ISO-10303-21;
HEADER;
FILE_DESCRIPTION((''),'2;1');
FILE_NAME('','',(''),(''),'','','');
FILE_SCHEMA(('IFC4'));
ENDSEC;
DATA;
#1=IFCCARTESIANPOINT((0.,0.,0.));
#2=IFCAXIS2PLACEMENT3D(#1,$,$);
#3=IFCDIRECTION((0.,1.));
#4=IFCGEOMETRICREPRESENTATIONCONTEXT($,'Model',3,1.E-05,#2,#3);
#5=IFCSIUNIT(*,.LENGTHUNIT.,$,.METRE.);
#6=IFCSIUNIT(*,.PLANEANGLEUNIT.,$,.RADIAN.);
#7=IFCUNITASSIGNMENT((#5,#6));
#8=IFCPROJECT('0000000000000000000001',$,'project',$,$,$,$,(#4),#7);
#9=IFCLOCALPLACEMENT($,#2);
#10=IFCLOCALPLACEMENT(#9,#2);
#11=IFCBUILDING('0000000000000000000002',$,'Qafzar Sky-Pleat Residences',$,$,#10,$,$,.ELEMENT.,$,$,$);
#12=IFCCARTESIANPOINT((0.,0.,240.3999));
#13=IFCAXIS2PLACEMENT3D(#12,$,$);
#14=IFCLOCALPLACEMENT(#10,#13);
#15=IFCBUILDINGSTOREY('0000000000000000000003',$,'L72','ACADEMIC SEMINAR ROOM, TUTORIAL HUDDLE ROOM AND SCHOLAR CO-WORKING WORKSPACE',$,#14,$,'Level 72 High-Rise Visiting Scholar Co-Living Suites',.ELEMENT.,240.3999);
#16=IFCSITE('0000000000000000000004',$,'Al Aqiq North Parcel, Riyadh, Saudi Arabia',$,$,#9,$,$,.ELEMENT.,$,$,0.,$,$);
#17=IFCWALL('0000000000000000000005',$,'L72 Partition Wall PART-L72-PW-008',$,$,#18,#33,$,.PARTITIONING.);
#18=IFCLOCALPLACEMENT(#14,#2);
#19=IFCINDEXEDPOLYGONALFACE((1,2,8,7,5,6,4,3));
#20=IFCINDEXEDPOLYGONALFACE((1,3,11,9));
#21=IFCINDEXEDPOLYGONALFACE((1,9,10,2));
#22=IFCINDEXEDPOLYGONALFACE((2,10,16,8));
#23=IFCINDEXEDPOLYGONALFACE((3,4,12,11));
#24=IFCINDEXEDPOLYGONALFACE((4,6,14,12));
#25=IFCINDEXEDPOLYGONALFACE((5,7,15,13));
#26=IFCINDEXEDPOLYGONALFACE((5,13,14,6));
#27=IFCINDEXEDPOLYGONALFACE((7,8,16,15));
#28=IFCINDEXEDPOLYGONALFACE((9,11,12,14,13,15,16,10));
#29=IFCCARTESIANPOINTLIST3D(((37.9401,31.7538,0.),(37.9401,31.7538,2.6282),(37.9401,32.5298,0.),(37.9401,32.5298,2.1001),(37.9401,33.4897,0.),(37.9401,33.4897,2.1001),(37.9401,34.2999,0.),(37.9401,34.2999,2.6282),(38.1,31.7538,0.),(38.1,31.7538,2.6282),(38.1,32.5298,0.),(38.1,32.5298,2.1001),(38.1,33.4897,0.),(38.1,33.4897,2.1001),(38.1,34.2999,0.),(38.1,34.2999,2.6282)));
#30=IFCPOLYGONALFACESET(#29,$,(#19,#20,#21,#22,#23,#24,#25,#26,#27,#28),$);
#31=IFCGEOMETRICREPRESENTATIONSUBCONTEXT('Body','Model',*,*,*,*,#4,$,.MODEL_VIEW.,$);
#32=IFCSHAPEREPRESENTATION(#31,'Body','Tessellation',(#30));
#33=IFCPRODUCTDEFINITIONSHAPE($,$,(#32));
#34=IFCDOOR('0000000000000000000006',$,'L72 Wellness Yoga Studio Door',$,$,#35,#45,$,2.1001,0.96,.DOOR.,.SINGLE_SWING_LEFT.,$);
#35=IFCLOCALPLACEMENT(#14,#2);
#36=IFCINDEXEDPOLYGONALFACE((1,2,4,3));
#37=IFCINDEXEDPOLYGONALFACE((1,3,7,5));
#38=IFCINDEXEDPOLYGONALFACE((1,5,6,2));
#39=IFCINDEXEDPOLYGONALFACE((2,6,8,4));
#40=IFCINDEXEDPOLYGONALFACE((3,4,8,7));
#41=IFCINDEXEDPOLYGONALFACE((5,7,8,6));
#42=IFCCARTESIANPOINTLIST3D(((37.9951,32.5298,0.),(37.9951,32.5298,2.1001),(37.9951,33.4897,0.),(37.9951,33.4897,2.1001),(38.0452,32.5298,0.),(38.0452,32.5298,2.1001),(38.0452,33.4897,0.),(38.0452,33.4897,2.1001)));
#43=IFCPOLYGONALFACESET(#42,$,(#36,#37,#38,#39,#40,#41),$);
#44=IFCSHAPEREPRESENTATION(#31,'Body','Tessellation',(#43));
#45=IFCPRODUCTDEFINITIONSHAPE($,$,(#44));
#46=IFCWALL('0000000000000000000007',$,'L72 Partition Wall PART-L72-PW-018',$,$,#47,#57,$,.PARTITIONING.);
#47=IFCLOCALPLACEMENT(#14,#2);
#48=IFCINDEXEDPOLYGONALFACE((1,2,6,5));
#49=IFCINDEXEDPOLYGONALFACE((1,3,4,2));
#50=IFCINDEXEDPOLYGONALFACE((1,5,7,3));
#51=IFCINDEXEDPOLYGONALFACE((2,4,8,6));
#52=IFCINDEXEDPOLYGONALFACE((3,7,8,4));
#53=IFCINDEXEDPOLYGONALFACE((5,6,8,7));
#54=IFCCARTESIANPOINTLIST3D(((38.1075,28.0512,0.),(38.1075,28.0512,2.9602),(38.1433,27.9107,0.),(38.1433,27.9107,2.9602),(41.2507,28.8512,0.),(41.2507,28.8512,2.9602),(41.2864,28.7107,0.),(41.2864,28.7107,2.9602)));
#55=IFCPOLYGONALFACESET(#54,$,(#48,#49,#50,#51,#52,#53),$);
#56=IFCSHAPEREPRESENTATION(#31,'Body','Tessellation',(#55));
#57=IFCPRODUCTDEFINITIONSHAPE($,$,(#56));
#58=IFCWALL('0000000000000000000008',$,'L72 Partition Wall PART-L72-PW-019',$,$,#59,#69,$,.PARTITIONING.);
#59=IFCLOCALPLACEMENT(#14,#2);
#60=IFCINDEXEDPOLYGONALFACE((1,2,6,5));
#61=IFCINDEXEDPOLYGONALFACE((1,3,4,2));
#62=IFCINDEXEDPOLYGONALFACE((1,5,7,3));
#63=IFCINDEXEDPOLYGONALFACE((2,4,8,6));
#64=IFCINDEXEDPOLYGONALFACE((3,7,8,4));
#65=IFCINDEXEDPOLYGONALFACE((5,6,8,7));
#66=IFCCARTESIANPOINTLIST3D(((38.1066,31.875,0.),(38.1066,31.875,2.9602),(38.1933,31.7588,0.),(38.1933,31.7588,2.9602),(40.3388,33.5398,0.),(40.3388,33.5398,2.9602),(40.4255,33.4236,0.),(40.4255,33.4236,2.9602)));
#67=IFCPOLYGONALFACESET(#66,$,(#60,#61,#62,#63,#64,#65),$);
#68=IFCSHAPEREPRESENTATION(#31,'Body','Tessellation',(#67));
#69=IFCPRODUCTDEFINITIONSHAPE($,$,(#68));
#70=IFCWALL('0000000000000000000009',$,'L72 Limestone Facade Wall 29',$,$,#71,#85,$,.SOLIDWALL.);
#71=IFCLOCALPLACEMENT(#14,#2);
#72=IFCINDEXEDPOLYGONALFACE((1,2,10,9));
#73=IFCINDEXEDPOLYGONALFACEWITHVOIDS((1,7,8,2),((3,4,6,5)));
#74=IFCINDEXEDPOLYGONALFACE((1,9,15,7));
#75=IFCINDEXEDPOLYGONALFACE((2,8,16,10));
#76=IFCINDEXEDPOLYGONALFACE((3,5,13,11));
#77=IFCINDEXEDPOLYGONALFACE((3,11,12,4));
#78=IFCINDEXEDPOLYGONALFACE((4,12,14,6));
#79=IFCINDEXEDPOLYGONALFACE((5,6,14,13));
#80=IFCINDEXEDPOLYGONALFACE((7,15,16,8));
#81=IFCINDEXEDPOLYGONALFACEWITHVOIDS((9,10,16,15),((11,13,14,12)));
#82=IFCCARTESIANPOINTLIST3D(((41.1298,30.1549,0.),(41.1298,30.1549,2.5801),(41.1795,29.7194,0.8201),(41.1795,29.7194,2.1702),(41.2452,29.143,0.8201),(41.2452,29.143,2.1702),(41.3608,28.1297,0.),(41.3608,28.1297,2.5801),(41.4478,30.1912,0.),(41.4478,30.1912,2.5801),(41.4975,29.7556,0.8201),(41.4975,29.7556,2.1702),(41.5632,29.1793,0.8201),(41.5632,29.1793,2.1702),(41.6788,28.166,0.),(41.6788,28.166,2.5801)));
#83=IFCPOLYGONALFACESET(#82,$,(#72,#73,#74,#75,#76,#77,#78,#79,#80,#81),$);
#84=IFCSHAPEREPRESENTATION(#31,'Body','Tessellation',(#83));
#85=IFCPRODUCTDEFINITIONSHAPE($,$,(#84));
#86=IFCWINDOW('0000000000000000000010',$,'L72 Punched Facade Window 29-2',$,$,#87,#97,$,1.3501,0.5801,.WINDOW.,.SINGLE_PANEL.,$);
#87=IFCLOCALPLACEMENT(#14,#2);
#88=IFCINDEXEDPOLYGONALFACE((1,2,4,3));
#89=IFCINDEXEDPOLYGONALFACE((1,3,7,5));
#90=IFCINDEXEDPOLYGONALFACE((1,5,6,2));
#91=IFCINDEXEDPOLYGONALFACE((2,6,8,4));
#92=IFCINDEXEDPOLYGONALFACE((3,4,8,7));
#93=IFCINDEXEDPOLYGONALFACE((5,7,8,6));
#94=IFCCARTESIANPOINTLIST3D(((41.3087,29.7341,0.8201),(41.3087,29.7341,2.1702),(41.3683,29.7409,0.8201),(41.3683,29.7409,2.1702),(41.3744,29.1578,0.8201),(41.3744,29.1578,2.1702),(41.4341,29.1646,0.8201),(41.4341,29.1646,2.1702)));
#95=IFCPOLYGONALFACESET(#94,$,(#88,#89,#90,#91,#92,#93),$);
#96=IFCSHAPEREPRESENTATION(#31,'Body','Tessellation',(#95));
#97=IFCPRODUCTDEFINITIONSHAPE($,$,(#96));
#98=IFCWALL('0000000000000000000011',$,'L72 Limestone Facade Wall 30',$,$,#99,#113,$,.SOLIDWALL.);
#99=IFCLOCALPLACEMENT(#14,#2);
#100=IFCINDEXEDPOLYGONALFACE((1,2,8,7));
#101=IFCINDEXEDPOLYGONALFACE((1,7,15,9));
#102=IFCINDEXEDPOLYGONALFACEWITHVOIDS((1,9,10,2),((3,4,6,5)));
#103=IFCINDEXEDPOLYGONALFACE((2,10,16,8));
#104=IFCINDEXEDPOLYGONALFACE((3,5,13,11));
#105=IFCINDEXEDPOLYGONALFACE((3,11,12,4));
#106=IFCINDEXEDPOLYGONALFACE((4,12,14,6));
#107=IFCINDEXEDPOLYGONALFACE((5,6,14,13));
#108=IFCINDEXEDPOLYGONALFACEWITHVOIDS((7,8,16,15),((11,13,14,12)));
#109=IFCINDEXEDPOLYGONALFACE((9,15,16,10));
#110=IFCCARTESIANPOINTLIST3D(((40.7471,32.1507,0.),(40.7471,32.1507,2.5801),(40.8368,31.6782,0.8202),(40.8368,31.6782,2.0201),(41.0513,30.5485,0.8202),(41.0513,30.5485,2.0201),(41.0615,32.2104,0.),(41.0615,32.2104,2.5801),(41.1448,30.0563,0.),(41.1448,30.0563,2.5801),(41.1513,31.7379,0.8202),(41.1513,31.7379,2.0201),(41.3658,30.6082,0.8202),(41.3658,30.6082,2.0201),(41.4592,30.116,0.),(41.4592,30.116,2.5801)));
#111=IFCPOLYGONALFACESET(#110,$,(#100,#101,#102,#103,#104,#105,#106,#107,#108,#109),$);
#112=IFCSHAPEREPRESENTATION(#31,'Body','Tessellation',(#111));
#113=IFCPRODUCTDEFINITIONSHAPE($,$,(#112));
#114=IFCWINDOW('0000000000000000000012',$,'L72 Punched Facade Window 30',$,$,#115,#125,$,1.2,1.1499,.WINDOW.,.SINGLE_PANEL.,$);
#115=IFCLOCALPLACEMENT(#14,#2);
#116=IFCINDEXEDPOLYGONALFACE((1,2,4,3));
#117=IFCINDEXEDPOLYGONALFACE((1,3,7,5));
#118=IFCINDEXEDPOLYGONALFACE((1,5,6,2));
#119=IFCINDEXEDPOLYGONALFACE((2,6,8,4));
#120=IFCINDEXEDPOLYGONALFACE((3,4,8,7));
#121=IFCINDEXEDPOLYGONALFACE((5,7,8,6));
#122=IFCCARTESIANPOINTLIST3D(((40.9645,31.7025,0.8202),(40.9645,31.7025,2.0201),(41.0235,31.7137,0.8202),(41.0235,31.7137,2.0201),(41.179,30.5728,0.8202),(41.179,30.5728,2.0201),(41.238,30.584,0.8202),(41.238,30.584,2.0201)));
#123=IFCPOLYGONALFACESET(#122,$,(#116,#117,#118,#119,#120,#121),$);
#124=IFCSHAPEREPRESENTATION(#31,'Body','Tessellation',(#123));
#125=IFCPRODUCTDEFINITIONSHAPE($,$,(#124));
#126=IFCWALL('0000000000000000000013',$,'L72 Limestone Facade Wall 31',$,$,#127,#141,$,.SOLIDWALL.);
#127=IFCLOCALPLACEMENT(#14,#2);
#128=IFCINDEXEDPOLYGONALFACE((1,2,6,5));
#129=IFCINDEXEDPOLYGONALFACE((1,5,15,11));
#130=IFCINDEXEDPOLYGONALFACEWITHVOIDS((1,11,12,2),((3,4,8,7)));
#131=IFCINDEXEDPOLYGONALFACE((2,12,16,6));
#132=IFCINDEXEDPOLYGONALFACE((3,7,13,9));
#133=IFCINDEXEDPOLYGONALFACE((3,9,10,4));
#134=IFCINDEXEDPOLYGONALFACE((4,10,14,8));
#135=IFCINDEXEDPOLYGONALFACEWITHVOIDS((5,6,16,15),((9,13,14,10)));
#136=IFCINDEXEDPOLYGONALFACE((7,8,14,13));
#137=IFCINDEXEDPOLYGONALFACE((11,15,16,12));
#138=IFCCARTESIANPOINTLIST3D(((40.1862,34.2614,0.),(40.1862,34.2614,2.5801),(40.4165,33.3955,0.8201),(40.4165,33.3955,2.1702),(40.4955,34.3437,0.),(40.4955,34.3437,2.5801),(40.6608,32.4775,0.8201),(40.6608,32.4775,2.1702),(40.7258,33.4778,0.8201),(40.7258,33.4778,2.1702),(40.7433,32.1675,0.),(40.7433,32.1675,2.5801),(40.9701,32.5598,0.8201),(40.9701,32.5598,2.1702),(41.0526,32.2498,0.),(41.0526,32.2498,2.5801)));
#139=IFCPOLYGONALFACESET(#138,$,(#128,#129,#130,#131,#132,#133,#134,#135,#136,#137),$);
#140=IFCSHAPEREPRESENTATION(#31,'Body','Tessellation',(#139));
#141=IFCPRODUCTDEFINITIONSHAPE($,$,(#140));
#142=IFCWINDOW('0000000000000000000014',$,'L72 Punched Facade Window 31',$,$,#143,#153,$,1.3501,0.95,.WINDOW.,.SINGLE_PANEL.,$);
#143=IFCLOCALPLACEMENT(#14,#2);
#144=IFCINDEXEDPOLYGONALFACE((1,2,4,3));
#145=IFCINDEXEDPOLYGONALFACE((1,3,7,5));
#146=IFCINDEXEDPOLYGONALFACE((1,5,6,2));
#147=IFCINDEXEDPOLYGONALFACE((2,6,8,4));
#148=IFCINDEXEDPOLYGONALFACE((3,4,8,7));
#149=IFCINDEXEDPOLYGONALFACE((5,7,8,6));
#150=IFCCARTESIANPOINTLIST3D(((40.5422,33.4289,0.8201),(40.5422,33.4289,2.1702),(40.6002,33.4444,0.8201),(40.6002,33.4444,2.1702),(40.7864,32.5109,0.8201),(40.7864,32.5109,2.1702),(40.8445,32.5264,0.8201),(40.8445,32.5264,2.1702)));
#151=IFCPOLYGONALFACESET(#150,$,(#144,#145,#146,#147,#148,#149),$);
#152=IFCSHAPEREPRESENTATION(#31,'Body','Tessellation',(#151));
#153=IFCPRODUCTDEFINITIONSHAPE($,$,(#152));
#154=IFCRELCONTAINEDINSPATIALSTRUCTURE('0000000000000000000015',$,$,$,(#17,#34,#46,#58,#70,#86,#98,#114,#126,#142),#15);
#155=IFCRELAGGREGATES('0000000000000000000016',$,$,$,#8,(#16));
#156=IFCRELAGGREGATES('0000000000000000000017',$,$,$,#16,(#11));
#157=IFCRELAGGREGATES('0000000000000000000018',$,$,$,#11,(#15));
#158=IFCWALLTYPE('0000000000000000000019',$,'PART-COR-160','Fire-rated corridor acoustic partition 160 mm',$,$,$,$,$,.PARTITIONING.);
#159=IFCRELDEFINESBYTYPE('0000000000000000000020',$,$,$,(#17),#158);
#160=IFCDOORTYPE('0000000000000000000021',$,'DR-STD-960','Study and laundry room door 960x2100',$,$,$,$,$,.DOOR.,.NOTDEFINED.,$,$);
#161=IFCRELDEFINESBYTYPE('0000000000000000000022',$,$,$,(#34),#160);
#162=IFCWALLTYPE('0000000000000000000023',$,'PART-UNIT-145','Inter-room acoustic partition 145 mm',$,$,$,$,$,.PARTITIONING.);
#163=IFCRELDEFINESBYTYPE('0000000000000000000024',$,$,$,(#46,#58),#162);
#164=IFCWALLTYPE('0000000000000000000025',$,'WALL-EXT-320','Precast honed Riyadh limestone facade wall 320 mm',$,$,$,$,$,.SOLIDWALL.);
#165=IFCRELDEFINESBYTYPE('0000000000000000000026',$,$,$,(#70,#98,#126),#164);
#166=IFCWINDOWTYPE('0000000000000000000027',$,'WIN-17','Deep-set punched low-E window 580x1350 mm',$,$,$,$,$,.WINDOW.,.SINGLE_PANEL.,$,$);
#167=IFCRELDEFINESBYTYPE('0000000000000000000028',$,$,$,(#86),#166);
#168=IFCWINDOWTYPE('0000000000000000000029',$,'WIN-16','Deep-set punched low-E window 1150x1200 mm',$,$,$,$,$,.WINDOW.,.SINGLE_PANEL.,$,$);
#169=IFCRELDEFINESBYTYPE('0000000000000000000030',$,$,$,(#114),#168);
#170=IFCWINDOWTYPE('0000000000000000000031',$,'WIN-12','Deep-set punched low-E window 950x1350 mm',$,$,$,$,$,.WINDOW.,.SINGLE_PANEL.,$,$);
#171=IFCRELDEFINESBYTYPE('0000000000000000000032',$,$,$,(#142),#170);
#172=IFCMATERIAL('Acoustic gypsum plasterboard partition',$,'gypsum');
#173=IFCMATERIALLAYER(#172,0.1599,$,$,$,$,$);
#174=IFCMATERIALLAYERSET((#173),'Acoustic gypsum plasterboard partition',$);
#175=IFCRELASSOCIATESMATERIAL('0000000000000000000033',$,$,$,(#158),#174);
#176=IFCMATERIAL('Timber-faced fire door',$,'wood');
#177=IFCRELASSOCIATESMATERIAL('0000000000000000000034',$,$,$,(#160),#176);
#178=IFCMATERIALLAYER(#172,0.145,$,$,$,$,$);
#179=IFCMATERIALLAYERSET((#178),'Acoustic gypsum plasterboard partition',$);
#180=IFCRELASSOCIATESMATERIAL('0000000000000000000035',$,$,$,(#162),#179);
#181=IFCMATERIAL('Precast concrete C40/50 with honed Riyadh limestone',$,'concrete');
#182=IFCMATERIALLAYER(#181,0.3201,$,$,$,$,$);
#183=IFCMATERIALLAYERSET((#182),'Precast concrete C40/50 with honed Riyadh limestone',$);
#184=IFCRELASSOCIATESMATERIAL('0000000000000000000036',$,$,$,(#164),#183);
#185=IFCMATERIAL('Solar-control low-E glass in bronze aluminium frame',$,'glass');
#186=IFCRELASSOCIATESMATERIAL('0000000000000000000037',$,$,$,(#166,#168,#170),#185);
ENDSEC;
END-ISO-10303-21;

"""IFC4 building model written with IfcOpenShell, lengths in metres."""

from ifc_helpers import new_model, si_unit, direction, frame, frame_2d, origin, place, context, subcontext, project, spatial, rectangle, extrude, source, transform, mapped, material, layer, layer_set, type_object, element, fill, save


model = new_model("IFC4")

# Units and contexts
model_context = context("Model", 3, precision=1e-05, world=origin(), true_north=direction((0.0, 1.0)))
body_context = subcontext(model_context, "Body", "Model", "MODEL_VIEW")
ifc_project = project(units=[si_unit("LENGTHUNIT", "METRE"), si_unit("PLANEANGLEUNIT", "RADIAN")], contexts=[model_context])

# Site, building, storey
site_placement = place(None, origin())
site = spatial("IfcSite", under=ifc_project, at=site_placement, Name="Al Aqiq North Parcel, Riyadh, Saudi Arabia", CompositionType="ELEMENT", RefElevation=0.0)
building_placement = place(site_placement, origin())
building = spatial("IfcBuilding", under=site, at=building_placement, Name="Qafzar Sky-Pleat Residences", CompositionType="ELEMENT")
storey_placement = place(building_placement, frame((0.0, 0.0, 240.3999)))
storey = spatial("IfcBuildingStorey", under=building, at=storey_placement, Name="L72", Description="ACADEMIC SEMINAR ROOM, TUTORIAL HUDDLE ROOM AND SCHOLAR CO-WORKING WORKSPACE", LongName="Level 72 High-Rise Visiting Scholar Co-Living Suites", CompositionType="ELEMENT", Elevation=240.3999)

# Wall, opening, door
ifc_material_1 = material(Name="Acoustic gypsum plasterboard partition", Category="gypsum")
ifc_layer_1 = layer(ifc_material_1, 0.1599)
ifc_layer_set_1 = layer_set([ifc_layer_1], Name="Acoustic gypsum plasterboard partition")
wall_type_1 = type_object("IfcWallType", Name="PART-COR-160", Description="Fire-rated corridor acoustic partition 160 mm", PredefinedType="PARTITIONING", material=ifc_layer_set_1)
wall_1_placement = place(storey_placement, frame((38.02, 31.7539, 0.0), z_axis=(0.0, 0.0, 1.0), x_axis=(0.0, 1.0, 0.0)))
wall_1 = element("IfcWall", 1, at=wall_1_placement, inside=storey, type_object=wall_type_1, Name="L72 Partition Wall PART-L72-PW-008", PredefinedType="PARTITIONING", context=body_context, shape_type="SweptSolid", body=[
    extrude(rectangle(XDim=2.5461, YDim=0.1599, at=frame_2d((1.2729, 0.0))), origin(), (0.0, 0.0, 1.0), 2.6282),
])
opening_1_placement = place(wall_1_placement, frame((0.7759, 0.0, 0.0)))
opening_1 = element("IfcOpeningElement", 2, at=opening_1_placement, cuts=wall_1, PredefinedType="OPENING", context=body_context, shape_type="SweptSolid", body=[
    extrude(rectangle(XDim=0.96, YDim=2.1001, at=frame_2d((0.48, 1.05))), frame((0.0, 0.0898, 0.0), z_axis=(0.0, -1.0, 0.0), x_axis=(1.0, 0.0, 0.0)), (0.0, 0.0, 1.0), 0.1799),
])
ifc_material_2 = material(Name="Timber-faced fire door", Category="wood")
door_type = type_object("IfcDoorType", Name="DR-STD-960", Description="Study and laundry room door 960x2100", OperationType="NOTDEFINED", PredefinedType="DOOR", material=ifc_material_2)
shared_shape_1 = source(origin(), body_context, "Body", "SweptSolid", [
    extrude(rectangle(XDim=0.96, YDim=2.1001, at=frame_2d((0.48, 1.05))), frame((0.0, 0.0249, 0.0), z_axis=(0.0, -1.0, 0.0), x_axis=(1.0, 0.0, 0.0)), (0.0, 0.0, 1.0), 0.05),
])
door_placement = place(opening_1_placement, origin())
door = element("IfcDoor", 3, at=door_placement, inside=storey, type_object=door_type, Name="L72 Wellness Yoga Studio Door", OperationType="SINGLE_SWING_LEFT", OverallHeight=2.1001, OverallWidth=0.96, PredefinedType="DOOR", context=body_context, shape_type="MappedRepresentation", body=[
    mapped(shared_shape_1, transform((0.0, 0.0, 0.0), x_axis=(1.0, 0.0, 0.0), y_axis=(0.0, 1.0, 0.0), z_axis=(0.0, 0.0, 1.0), scale=1.0)),
])
fill(opening_1, door)

# Walls
ifc_layer_2 = layer(ifc_material_1, 0.145)
ifc_layer_set_2 = layer_set([ifc_layer_2], Name="Acoustic gypsum plasterboard partition")
wall_type_2 = type_object("IfcWallType", Name="PART-UNIT-145", Description="Inter-room acoustic partition 145 mm", PredefinedType="PARTITIONING", material=ifc_layer_set_2)
wall_2_placement = place(storey_placement, frame((38.1255, 27.981, 0.0), z_axis=(0.0, 0.0, 1.0), x_axis=(0.969102, 0.24666, 0.0)))
element("IfcWall", 4, at=wall_2_placement, inside=storey, type_object=wall_type_2, Name="L72 Partition Wall PART-L72-PW-018", PredefinedType="PARTITIONING", context=body_context, shape_type="SweptSolid", body=[
    extrude(rectangle(XDim=3.2434, YDim=0.145, at=frame_2d((1.6216, 0.0))), origin(), (0.0, 0.0, 1.0), 2.9602),
])
wall_3_placement = place(storey_placement, frame((38.1499, 31.8169, 0.0), z_axis=(0.0, 0.0, 1.0), x_axis=(0.801607, 0.597852, 0.0)))
element("IfcWall", 5, at=wall_3_placement, inside=storey, type_object=wall_type_2, Name="L72 Partition Wall PART-L72-PW-019", PredefinedType="PARTITIONING", context=body_context, shape_type="SweptSolid", body=[
    extrude(rectangle(XDim=2.7847, YDim=0.145, at=frame_2d((1.3923, 0.0))), origin(), (0.0, 0.0, 1.0), 2.9602),
])

# Walls, openings, windows
ifc_material_3 = material(Name="Precast concrete C40/50 with honed Riyadh limestone", Category="concrete")
ifc_layer_3 = layer(ifc_material_3, 0.3201)
ifc_layer_set_3 = layer_set([ifc_layer_3], Name="Precast concrete C40/50 with honed Riyadh limestone")
wall_type_3 = type_object("IfcWallType", Name="WALL-EXT-320", Description="Precast honed Riyadh limestone facade wall 320 mm", PredefinedType="SOLIDWALL", material=ifc_layer_set_3)
wall_4_placement = place(storey_placement, frame((41.5198, 28.1479, 0.0), z_axis=(0.0, 0.0, 1.0), x_axis=(-0.11331, 0.99356, 0.0)))
wall_4 = element("IfcWall", 6, at=wall_4_placement, inside=storey, type_object=wall_type_3, Name="L72 Limestone Facade Wall 29", PredefinedType="SOLIDWALL", context=body_context, shape_type="SweptSolid", body=[
    extrude(rectangle(XDim=2.0383, YDim=0.3201, at=frame_2d((1.019, 0.0))), origin(), (0.0, 0.0, 1.0), 2.5801),
])
opening_2_placement = place(wall_4_placement, frame((1.0198, 0.0, 0.8201)))
opening_2 = element("IfcOpeningElement", 7, at=opening_2_placement, cuts=wall_4, PredefinedType="OPENING", context=body_context, shape_type="SweptSolid", body=[
    extrude(rectangle(XDim=0.5801, YDim=1.3501, at=frame_2d((0.29, 0.675))), frame((0.0, 0.1699, 0.0), z_axis=(0.0, -1.0, 0.0), x_axis=(1.0, 0.0, 0.0)), (0.0, 0.0, 1.0), 0.3401),
])
ifc_material_4 = material(Name="Solar-control low-E glass in bronze aluminium frame", Category="glass")
window_type_1 = type_object("IfcWindowType", Name="WIN-17", Description="Deep-set punched low-E window 580x1350 mm", PartitioningType="SINGLE_PANEL", PredefinedType="WINDOW", material=ifc_material_4)
shared_shape_2 = source(origin(), body_context, "Body", "SweptSolid", [
    extrude(rectangle(XDim=0.5801, YDim=1.3501, at=frame_2d((0.29, 0.675))), frame((0.0, 0.03, 0.0), z_axis=(0.0, -1.0, 0.0), x_axis=(1.0, 0.0, 0.0)), (0.0, 0.0, 1.0), 0.0601),
])
window_1_placement = place(opening_2_placement, origin())
window_1 = element("IfcWindow", 8, at=window_1_placement, inside=storey, type_object=window_type_1, Name="L72 Punched Facade Window 29-2", OverallHeight=1.3501, OverallWidth=0.5801, PartitioningType="SINGLE_PANEL", PredefinedType="WINDOW", context=body_context, shape_type="MappedRepresentation", body=[
    mapped(shared_shape_2, transform((0.0, 0.0, 0.0), x_axis=(1.0, 0.0, 0.0), y_axis=(0.0, 1.0, 0.0), z_axis=(0.0, 0.0, 1.0), scale=1.0)),
])
fill(opening_2, window_1)
wall_5_placement = place(storey_placement, frame((41.302, 30.0862, 0.0), z_axis=(0.0, 0.0, 1.0), x_axis=(-0.186549, 0.982446, 0.0)))
wall_5 = element("IfcWall", 9, at=wall_5_placement, inside=storey, type_object=wall_type_3, Name="L72 Limestone Facade Wall 30", PredefinedType="SOLIDWALL", context=body_context, shape_type="SweptSolid", body=[
    extrude(rectangle(XDim=2.1318, YDim=0.3201, at=frame_2d((1.0659, 0.0))), origin(), (0.0, 0.0, 1.0), 2.5801),
])
opening_3_placement = place(wall_5_placement, frame((0.501, 0.0, 0.8201)))
opening_3 = element("IfcOpeningElement", 10, at=opening_3_placement, cuts=wall_5, PredefinedType="OPENING", context=body_context, shape_type="SweptSolid", body=[
    extrude(rectangle(XDim=1.1499, YDim=1.2, at=frame_2d((0.575, 0.6001))), frame((0.0, 0.1699, 0.0), z_axis=(0.0, -1.0, 0.0), x_axis=(1.0, 0.0, 0.0)), (0.0, 0.0, 1.0), 0.3401),
])
window_type_2 = type_object("IfcWindowType", Name="WIN-16", Description="Deep-set punched low-E window 1150x1200 mm", PartitioningType="SINGLE_PANEL", PredefinedType="WINDOW", material=ifc_material_4)
shared_shape_3 = source(origin(), body_context, "Body", "SweptSolid", [
    extrude(rectangle(XDim=1.1499, YDim=1.2, at=frame_2d((0.575, 0.6001))), frame((0.0, 0.03, 0.0), z_axis=(0.0, -1.0, 0.0), x_axis=(1.0, 0.0, 0.0)), (0.0, 0.0, 1.0), 0.0601),
])
window_2_placement = place(opening_3_placement, origin())
window_2 = element("IfcWindow", 11, at=window_2_placement, inside=storey, type_object=window_type_2, Name="L72 Punched Facade Window 30", OverallHeight=1.2, OverallWidth=1.1499, PartitioningType="SINGLE_PANEL", PredefinedType="WINDOW", context=body_context, shape_type="MappedRepresentation", body=[
    mapped(shared_shape_3, transform((0.0, 0.0, 0.0), x_axis=(1.0, 0.0, 0.0), y_axis=(0.0, 1.0, 0.0), z_axis=(0.0, 0.0, 1.0), scale=1.0)),
])
fill(opening_3, window_2)
wall_6_placement = place(storey_placement, frame((40.8979, 32.2085, 0.0), z_axis=(0.0, 0.0, 1.0), x_axis=(-0.257116, 0.966381, 0.0)))
wall_6 = element("IfcWall", 12, at=wall_6_placement, inside=storey, type_object=wall_type_3, Name="L72 Limestone Facade Wall 31", PredefinedType="SOLIDWALL", context=body_context, shape_type="SweptSolid", body=[
    extrude(rectangle(XDim=2.1667, YDim=0.3201, at=frame_2d((1.0835, 0.0))), origin(), (0.0, 0.0, 1.0), 2.5801),
])
opening_4_placement = place(wall_6_placement, frame((0.3208, 0.0, 0.8201)))
opening_4 = element("IfcOpeningElement", 13, at=opening_4_placement, cuts=wall_6, PredefinedType="OPENING", context=body_context, shape_type="SweptSolid", body=[
    extrude(rectangle(XDim=0.95, YDim=1.3501, at=frame_2d((0.4751, 0.675))), frame((0.0, 0.1699, 0.0), z_axis=(0.0, -1.0, 0.0), x_axis=(1.0, 0.0, 0.0)), (0.0, 0.0, 1.0), 0.3401),
])
window_type_3 = type_object("IfcWindowType", Name="WIN-12", Description="Deep-set punched low-E window 950x1350 mm", PartitioningType="SINGLE_PANEL", PredefinedType="WINDOW", material=ifc_material_4)
shared_shape_4 = source(origin(), body_context, "Body", "SweptSolid", [
    extrude(rectangle(XDim=0.95, YDim=1.3501, at=frame_2d((0.4751, 0.675))), frame((0.0, 0.03, 0.0), z_axis=(0.0, -1.0, 0.0), x_axis=(1.0, 0.0, 0.0)), (0.0, 0.0, 1.0), 0.0601),
])
window_3_placement = place(opening_4_placement, origin())
window_3 = element("IfcWindow", 14, at=window_3_placement, inside=storey, type_object=window_type_3, Name="L72 Punched Facade Window 31", OverallHeight=1.3501, OverallWidth=0.95, PartitioningType="SINGLE_PANEL", PredefinedType="WINDOW", context=body_context, shape_type="MappedRepresentation", body=[
    mapped(shared_shape_4, transform((0.0, 0.0, 0.0), x_axis=(1.0, 0.0, 0.0), y_axis=(0.0, 1.0, 0.0), z_axis=(0.0, 0.0, 1.0), scale=1.0)),
])
fill(opening_4, window_3)

save(model, "model.ifc")
